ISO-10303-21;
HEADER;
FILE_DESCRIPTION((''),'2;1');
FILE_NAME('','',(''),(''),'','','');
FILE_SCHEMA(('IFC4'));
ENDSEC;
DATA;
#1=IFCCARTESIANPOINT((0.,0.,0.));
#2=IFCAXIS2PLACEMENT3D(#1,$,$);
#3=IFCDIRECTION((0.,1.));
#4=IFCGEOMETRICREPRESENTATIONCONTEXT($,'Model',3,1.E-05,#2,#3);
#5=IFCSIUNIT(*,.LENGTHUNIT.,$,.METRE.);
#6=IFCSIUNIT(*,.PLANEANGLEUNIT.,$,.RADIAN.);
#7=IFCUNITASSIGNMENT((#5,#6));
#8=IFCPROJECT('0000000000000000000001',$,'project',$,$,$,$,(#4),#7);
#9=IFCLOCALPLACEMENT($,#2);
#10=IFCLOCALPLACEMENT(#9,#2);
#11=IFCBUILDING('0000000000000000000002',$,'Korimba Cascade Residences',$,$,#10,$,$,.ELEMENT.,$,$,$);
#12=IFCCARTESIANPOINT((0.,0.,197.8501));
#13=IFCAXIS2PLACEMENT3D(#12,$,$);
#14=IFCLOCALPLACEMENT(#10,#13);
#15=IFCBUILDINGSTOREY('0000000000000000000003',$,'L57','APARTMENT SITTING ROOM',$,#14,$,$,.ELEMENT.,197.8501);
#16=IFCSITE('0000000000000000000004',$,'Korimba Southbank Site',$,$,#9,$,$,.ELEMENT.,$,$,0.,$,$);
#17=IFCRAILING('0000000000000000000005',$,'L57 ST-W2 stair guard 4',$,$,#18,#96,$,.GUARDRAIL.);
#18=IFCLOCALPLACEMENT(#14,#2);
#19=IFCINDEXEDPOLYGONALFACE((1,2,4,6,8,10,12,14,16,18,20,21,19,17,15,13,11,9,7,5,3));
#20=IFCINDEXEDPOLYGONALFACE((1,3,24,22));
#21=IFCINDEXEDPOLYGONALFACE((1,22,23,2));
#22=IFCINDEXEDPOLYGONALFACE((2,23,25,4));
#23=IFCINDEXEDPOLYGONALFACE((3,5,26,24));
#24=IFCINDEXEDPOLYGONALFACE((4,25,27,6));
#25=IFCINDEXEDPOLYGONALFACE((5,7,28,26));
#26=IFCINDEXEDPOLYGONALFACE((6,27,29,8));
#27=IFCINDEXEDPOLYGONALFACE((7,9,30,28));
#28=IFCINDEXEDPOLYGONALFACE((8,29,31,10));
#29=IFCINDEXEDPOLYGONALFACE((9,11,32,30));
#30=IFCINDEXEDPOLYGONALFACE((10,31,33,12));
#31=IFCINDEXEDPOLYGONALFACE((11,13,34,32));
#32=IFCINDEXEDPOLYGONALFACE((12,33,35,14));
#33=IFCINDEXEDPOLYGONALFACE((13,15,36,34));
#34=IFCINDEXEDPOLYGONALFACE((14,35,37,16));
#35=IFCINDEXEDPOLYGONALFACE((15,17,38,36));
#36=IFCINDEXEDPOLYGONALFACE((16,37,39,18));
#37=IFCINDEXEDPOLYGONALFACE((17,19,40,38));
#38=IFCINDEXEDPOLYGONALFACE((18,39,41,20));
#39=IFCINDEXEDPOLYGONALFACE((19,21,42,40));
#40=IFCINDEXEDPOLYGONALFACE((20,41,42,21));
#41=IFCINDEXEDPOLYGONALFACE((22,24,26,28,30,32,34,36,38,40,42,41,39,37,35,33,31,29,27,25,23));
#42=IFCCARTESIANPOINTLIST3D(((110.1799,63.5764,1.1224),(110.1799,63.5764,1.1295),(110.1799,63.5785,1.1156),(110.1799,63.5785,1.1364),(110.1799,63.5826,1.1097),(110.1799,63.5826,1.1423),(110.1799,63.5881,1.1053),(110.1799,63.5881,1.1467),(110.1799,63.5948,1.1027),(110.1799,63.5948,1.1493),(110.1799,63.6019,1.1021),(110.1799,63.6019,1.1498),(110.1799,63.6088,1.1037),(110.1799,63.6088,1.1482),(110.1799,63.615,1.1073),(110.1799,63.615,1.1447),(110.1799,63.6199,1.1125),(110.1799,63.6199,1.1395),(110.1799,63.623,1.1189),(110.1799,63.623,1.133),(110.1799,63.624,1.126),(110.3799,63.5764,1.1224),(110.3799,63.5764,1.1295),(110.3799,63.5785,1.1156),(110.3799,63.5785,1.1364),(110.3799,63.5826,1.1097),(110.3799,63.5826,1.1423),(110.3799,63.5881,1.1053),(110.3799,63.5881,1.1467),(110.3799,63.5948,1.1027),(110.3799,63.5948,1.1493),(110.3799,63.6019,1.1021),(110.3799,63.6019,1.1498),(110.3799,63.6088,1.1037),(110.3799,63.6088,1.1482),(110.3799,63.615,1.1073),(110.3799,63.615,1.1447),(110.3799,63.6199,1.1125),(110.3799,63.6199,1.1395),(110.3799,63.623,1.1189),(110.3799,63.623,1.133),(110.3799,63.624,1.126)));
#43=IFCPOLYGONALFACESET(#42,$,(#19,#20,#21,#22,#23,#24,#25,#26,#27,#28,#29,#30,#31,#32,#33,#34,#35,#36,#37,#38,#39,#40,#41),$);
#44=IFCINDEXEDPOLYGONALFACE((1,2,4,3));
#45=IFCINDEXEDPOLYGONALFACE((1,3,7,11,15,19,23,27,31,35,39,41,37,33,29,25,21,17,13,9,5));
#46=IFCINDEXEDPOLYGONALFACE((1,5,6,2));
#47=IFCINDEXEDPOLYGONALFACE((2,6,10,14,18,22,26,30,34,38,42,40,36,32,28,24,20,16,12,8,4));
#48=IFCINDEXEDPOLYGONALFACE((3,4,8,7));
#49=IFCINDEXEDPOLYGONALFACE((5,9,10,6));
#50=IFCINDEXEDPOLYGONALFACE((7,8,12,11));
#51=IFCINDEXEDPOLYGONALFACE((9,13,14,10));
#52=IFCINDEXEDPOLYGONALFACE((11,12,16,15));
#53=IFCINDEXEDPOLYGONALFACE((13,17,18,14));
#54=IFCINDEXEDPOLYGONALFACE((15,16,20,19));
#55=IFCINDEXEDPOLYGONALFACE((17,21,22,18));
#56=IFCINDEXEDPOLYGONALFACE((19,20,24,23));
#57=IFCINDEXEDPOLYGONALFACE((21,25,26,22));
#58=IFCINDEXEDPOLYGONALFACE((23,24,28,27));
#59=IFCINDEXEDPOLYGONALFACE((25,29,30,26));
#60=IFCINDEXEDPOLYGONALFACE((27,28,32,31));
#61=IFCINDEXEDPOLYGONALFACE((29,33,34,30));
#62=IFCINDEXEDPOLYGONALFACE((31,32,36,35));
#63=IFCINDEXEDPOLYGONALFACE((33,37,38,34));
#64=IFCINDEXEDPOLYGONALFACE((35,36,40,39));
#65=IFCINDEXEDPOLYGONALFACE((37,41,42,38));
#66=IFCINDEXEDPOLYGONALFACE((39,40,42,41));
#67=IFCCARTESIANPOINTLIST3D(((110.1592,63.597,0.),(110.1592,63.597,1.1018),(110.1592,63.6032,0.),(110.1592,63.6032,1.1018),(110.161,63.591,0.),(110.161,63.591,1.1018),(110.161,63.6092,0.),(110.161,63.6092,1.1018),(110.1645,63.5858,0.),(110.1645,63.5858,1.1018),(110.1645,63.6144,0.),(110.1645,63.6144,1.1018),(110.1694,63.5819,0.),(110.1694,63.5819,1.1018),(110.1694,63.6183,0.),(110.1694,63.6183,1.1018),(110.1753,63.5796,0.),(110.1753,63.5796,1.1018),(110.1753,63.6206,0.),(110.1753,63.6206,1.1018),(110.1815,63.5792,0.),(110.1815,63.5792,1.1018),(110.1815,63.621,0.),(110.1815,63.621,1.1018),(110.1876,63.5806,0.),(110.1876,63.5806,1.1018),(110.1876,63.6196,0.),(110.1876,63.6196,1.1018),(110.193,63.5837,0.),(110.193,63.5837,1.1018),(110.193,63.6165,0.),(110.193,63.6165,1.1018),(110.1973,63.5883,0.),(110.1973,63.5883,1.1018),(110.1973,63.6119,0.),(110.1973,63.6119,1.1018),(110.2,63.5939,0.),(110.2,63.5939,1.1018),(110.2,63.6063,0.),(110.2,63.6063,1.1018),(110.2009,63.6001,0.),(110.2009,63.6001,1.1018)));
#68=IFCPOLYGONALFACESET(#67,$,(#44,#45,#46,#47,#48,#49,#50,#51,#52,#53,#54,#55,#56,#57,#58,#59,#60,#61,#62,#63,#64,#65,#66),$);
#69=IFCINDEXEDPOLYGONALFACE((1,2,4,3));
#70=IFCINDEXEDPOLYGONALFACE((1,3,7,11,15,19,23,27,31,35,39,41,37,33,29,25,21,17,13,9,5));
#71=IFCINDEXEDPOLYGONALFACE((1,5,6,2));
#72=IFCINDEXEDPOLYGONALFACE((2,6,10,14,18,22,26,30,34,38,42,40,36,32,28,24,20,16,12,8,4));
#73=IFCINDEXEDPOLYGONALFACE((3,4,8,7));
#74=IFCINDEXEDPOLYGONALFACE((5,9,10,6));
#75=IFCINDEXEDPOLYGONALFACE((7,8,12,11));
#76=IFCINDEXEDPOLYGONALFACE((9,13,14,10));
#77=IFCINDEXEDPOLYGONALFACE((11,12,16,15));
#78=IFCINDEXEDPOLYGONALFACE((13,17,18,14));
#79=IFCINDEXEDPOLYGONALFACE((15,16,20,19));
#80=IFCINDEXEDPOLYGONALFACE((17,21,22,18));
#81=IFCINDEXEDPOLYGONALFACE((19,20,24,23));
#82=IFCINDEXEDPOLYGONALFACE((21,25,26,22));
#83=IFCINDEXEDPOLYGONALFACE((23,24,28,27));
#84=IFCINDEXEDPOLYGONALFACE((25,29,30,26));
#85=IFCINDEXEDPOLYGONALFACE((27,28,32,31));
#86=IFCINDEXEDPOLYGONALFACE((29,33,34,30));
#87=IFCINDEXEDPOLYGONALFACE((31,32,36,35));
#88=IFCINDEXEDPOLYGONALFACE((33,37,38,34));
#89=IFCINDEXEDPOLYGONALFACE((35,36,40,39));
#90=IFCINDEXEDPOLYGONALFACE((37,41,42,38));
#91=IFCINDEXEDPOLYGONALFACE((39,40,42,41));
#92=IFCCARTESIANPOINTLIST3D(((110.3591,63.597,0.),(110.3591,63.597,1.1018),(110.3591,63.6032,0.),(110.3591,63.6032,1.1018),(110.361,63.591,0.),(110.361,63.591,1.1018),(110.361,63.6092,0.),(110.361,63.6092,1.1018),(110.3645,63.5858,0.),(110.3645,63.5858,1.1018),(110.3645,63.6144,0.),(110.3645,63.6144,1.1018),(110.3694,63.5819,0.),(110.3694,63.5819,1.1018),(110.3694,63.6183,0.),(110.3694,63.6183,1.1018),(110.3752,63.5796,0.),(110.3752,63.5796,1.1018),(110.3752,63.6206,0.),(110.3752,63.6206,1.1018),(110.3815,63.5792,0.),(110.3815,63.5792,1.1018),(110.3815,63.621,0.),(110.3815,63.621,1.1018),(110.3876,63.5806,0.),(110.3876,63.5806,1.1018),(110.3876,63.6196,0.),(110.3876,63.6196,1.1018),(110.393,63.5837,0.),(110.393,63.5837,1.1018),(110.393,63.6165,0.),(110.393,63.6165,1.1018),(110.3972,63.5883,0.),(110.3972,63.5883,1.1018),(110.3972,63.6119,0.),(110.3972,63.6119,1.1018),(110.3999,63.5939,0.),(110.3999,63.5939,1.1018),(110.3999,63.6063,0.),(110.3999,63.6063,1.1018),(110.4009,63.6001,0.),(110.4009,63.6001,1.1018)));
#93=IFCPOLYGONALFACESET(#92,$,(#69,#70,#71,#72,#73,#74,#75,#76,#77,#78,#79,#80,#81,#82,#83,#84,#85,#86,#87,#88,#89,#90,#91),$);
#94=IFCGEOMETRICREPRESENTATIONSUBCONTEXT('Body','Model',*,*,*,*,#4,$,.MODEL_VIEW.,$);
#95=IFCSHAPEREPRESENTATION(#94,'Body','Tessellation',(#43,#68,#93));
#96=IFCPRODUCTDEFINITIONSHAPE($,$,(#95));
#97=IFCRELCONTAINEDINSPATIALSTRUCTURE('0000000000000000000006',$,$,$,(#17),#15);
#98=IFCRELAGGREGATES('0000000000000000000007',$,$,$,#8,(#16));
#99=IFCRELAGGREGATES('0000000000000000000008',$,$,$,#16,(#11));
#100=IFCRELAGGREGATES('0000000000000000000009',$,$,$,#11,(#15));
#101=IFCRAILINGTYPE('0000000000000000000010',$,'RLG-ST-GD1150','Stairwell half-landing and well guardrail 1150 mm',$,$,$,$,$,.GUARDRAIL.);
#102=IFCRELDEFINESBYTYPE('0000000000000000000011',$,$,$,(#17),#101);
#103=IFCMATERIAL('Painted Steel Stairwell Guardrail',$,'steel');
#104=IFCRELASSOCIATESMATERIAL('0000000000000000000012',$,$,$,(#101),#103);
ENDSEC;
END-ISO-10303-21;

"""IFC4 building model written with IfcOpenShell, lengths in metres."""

from ifc_helpers import new_model, si_unit, direction, frame, origin, origin_2d, place, context, subcontext, project, spatial, circle, extrude, material, type_object, element, save


model = new_model("IFC4")

# Units and contexts
model_context = context("Model", 3, precision=1e-05, world=origin(), true_north=direction((0.0, 1.0)))
body_context = subcontext(model_context, "Body", "Model", "MODEL_VIEW")
ifc_project = project(units=[si_unit("LENGTHUNIT", "METRE"), si_unit("PLANEANGLEUNIT", "RADIAN")], contexts=[model_context])

# Site, building, storey
site_placement = place(None, origin())
site = spatial("IfcSite", under=ifc_project, at=site_placement, Name="Korimba Southbank Site", CompositionType="ELEMENT", RefElevation=0.0)
building_placement = place(site_placement, origin())
building = spatial("IfcBuilding", under=site, at=building_placement, Name="Korimba Cascade Residences", CompositionType="ELEMENT")
storey_placement = place(building_placement, frame((0.0, 0.0, 197.8501)))
storey = spatial("IfcBuildingStorey", under=building, at=storey_placement, Name="L57", Description="APARTMENT SITTING ROOM", CompositionType="ELEMENT", Elevation=197.8501)

# Railing
ifc_material_1 = material(Name="Painted Steel Stairwell Guardrail", Category="steel")
railing_type_1 = type_object("IfcRailingType", Name="RLG-ST-GD1150", Description="Stairwell half-landing and well guardrail 1150 mm", PredefinedType="GUARDRAIL", material=ifc_material_1)
railing_1_placement = place(storey_placement, frame((110.1799, 63.6001, 0.0)))
element("IfcRailing", 1, at=railing_1_placement, inside=storey, type_object=railing_type_1, Name="L57 ST-W2 stair guard 4", PredefinedType="GUARDRAIL", context=body_context, shape_type="SweptSolid", body=[
    extrude(circle(Radius=0.0239, at=origin_2d()), frame((0.0, 0.0, 1.126), z_axis=(1.0, 0.0, 0.0), x_axis=(0.0, 1.0, 0.0)), (0.0, 0.0, 1.0), 0.2),
    extrude(circle(Radius=0.021, at=origin_2d()), origin(), (0.0, 0.0, 1.0), 1.1018),
    extrude(circle(Radius=0.021, at=origin_2d()), frame((0.2, 0.0, 0.0)), (0.0, 0.0, 1.0), 1.1018),
])

save(model, "model.ifc")
